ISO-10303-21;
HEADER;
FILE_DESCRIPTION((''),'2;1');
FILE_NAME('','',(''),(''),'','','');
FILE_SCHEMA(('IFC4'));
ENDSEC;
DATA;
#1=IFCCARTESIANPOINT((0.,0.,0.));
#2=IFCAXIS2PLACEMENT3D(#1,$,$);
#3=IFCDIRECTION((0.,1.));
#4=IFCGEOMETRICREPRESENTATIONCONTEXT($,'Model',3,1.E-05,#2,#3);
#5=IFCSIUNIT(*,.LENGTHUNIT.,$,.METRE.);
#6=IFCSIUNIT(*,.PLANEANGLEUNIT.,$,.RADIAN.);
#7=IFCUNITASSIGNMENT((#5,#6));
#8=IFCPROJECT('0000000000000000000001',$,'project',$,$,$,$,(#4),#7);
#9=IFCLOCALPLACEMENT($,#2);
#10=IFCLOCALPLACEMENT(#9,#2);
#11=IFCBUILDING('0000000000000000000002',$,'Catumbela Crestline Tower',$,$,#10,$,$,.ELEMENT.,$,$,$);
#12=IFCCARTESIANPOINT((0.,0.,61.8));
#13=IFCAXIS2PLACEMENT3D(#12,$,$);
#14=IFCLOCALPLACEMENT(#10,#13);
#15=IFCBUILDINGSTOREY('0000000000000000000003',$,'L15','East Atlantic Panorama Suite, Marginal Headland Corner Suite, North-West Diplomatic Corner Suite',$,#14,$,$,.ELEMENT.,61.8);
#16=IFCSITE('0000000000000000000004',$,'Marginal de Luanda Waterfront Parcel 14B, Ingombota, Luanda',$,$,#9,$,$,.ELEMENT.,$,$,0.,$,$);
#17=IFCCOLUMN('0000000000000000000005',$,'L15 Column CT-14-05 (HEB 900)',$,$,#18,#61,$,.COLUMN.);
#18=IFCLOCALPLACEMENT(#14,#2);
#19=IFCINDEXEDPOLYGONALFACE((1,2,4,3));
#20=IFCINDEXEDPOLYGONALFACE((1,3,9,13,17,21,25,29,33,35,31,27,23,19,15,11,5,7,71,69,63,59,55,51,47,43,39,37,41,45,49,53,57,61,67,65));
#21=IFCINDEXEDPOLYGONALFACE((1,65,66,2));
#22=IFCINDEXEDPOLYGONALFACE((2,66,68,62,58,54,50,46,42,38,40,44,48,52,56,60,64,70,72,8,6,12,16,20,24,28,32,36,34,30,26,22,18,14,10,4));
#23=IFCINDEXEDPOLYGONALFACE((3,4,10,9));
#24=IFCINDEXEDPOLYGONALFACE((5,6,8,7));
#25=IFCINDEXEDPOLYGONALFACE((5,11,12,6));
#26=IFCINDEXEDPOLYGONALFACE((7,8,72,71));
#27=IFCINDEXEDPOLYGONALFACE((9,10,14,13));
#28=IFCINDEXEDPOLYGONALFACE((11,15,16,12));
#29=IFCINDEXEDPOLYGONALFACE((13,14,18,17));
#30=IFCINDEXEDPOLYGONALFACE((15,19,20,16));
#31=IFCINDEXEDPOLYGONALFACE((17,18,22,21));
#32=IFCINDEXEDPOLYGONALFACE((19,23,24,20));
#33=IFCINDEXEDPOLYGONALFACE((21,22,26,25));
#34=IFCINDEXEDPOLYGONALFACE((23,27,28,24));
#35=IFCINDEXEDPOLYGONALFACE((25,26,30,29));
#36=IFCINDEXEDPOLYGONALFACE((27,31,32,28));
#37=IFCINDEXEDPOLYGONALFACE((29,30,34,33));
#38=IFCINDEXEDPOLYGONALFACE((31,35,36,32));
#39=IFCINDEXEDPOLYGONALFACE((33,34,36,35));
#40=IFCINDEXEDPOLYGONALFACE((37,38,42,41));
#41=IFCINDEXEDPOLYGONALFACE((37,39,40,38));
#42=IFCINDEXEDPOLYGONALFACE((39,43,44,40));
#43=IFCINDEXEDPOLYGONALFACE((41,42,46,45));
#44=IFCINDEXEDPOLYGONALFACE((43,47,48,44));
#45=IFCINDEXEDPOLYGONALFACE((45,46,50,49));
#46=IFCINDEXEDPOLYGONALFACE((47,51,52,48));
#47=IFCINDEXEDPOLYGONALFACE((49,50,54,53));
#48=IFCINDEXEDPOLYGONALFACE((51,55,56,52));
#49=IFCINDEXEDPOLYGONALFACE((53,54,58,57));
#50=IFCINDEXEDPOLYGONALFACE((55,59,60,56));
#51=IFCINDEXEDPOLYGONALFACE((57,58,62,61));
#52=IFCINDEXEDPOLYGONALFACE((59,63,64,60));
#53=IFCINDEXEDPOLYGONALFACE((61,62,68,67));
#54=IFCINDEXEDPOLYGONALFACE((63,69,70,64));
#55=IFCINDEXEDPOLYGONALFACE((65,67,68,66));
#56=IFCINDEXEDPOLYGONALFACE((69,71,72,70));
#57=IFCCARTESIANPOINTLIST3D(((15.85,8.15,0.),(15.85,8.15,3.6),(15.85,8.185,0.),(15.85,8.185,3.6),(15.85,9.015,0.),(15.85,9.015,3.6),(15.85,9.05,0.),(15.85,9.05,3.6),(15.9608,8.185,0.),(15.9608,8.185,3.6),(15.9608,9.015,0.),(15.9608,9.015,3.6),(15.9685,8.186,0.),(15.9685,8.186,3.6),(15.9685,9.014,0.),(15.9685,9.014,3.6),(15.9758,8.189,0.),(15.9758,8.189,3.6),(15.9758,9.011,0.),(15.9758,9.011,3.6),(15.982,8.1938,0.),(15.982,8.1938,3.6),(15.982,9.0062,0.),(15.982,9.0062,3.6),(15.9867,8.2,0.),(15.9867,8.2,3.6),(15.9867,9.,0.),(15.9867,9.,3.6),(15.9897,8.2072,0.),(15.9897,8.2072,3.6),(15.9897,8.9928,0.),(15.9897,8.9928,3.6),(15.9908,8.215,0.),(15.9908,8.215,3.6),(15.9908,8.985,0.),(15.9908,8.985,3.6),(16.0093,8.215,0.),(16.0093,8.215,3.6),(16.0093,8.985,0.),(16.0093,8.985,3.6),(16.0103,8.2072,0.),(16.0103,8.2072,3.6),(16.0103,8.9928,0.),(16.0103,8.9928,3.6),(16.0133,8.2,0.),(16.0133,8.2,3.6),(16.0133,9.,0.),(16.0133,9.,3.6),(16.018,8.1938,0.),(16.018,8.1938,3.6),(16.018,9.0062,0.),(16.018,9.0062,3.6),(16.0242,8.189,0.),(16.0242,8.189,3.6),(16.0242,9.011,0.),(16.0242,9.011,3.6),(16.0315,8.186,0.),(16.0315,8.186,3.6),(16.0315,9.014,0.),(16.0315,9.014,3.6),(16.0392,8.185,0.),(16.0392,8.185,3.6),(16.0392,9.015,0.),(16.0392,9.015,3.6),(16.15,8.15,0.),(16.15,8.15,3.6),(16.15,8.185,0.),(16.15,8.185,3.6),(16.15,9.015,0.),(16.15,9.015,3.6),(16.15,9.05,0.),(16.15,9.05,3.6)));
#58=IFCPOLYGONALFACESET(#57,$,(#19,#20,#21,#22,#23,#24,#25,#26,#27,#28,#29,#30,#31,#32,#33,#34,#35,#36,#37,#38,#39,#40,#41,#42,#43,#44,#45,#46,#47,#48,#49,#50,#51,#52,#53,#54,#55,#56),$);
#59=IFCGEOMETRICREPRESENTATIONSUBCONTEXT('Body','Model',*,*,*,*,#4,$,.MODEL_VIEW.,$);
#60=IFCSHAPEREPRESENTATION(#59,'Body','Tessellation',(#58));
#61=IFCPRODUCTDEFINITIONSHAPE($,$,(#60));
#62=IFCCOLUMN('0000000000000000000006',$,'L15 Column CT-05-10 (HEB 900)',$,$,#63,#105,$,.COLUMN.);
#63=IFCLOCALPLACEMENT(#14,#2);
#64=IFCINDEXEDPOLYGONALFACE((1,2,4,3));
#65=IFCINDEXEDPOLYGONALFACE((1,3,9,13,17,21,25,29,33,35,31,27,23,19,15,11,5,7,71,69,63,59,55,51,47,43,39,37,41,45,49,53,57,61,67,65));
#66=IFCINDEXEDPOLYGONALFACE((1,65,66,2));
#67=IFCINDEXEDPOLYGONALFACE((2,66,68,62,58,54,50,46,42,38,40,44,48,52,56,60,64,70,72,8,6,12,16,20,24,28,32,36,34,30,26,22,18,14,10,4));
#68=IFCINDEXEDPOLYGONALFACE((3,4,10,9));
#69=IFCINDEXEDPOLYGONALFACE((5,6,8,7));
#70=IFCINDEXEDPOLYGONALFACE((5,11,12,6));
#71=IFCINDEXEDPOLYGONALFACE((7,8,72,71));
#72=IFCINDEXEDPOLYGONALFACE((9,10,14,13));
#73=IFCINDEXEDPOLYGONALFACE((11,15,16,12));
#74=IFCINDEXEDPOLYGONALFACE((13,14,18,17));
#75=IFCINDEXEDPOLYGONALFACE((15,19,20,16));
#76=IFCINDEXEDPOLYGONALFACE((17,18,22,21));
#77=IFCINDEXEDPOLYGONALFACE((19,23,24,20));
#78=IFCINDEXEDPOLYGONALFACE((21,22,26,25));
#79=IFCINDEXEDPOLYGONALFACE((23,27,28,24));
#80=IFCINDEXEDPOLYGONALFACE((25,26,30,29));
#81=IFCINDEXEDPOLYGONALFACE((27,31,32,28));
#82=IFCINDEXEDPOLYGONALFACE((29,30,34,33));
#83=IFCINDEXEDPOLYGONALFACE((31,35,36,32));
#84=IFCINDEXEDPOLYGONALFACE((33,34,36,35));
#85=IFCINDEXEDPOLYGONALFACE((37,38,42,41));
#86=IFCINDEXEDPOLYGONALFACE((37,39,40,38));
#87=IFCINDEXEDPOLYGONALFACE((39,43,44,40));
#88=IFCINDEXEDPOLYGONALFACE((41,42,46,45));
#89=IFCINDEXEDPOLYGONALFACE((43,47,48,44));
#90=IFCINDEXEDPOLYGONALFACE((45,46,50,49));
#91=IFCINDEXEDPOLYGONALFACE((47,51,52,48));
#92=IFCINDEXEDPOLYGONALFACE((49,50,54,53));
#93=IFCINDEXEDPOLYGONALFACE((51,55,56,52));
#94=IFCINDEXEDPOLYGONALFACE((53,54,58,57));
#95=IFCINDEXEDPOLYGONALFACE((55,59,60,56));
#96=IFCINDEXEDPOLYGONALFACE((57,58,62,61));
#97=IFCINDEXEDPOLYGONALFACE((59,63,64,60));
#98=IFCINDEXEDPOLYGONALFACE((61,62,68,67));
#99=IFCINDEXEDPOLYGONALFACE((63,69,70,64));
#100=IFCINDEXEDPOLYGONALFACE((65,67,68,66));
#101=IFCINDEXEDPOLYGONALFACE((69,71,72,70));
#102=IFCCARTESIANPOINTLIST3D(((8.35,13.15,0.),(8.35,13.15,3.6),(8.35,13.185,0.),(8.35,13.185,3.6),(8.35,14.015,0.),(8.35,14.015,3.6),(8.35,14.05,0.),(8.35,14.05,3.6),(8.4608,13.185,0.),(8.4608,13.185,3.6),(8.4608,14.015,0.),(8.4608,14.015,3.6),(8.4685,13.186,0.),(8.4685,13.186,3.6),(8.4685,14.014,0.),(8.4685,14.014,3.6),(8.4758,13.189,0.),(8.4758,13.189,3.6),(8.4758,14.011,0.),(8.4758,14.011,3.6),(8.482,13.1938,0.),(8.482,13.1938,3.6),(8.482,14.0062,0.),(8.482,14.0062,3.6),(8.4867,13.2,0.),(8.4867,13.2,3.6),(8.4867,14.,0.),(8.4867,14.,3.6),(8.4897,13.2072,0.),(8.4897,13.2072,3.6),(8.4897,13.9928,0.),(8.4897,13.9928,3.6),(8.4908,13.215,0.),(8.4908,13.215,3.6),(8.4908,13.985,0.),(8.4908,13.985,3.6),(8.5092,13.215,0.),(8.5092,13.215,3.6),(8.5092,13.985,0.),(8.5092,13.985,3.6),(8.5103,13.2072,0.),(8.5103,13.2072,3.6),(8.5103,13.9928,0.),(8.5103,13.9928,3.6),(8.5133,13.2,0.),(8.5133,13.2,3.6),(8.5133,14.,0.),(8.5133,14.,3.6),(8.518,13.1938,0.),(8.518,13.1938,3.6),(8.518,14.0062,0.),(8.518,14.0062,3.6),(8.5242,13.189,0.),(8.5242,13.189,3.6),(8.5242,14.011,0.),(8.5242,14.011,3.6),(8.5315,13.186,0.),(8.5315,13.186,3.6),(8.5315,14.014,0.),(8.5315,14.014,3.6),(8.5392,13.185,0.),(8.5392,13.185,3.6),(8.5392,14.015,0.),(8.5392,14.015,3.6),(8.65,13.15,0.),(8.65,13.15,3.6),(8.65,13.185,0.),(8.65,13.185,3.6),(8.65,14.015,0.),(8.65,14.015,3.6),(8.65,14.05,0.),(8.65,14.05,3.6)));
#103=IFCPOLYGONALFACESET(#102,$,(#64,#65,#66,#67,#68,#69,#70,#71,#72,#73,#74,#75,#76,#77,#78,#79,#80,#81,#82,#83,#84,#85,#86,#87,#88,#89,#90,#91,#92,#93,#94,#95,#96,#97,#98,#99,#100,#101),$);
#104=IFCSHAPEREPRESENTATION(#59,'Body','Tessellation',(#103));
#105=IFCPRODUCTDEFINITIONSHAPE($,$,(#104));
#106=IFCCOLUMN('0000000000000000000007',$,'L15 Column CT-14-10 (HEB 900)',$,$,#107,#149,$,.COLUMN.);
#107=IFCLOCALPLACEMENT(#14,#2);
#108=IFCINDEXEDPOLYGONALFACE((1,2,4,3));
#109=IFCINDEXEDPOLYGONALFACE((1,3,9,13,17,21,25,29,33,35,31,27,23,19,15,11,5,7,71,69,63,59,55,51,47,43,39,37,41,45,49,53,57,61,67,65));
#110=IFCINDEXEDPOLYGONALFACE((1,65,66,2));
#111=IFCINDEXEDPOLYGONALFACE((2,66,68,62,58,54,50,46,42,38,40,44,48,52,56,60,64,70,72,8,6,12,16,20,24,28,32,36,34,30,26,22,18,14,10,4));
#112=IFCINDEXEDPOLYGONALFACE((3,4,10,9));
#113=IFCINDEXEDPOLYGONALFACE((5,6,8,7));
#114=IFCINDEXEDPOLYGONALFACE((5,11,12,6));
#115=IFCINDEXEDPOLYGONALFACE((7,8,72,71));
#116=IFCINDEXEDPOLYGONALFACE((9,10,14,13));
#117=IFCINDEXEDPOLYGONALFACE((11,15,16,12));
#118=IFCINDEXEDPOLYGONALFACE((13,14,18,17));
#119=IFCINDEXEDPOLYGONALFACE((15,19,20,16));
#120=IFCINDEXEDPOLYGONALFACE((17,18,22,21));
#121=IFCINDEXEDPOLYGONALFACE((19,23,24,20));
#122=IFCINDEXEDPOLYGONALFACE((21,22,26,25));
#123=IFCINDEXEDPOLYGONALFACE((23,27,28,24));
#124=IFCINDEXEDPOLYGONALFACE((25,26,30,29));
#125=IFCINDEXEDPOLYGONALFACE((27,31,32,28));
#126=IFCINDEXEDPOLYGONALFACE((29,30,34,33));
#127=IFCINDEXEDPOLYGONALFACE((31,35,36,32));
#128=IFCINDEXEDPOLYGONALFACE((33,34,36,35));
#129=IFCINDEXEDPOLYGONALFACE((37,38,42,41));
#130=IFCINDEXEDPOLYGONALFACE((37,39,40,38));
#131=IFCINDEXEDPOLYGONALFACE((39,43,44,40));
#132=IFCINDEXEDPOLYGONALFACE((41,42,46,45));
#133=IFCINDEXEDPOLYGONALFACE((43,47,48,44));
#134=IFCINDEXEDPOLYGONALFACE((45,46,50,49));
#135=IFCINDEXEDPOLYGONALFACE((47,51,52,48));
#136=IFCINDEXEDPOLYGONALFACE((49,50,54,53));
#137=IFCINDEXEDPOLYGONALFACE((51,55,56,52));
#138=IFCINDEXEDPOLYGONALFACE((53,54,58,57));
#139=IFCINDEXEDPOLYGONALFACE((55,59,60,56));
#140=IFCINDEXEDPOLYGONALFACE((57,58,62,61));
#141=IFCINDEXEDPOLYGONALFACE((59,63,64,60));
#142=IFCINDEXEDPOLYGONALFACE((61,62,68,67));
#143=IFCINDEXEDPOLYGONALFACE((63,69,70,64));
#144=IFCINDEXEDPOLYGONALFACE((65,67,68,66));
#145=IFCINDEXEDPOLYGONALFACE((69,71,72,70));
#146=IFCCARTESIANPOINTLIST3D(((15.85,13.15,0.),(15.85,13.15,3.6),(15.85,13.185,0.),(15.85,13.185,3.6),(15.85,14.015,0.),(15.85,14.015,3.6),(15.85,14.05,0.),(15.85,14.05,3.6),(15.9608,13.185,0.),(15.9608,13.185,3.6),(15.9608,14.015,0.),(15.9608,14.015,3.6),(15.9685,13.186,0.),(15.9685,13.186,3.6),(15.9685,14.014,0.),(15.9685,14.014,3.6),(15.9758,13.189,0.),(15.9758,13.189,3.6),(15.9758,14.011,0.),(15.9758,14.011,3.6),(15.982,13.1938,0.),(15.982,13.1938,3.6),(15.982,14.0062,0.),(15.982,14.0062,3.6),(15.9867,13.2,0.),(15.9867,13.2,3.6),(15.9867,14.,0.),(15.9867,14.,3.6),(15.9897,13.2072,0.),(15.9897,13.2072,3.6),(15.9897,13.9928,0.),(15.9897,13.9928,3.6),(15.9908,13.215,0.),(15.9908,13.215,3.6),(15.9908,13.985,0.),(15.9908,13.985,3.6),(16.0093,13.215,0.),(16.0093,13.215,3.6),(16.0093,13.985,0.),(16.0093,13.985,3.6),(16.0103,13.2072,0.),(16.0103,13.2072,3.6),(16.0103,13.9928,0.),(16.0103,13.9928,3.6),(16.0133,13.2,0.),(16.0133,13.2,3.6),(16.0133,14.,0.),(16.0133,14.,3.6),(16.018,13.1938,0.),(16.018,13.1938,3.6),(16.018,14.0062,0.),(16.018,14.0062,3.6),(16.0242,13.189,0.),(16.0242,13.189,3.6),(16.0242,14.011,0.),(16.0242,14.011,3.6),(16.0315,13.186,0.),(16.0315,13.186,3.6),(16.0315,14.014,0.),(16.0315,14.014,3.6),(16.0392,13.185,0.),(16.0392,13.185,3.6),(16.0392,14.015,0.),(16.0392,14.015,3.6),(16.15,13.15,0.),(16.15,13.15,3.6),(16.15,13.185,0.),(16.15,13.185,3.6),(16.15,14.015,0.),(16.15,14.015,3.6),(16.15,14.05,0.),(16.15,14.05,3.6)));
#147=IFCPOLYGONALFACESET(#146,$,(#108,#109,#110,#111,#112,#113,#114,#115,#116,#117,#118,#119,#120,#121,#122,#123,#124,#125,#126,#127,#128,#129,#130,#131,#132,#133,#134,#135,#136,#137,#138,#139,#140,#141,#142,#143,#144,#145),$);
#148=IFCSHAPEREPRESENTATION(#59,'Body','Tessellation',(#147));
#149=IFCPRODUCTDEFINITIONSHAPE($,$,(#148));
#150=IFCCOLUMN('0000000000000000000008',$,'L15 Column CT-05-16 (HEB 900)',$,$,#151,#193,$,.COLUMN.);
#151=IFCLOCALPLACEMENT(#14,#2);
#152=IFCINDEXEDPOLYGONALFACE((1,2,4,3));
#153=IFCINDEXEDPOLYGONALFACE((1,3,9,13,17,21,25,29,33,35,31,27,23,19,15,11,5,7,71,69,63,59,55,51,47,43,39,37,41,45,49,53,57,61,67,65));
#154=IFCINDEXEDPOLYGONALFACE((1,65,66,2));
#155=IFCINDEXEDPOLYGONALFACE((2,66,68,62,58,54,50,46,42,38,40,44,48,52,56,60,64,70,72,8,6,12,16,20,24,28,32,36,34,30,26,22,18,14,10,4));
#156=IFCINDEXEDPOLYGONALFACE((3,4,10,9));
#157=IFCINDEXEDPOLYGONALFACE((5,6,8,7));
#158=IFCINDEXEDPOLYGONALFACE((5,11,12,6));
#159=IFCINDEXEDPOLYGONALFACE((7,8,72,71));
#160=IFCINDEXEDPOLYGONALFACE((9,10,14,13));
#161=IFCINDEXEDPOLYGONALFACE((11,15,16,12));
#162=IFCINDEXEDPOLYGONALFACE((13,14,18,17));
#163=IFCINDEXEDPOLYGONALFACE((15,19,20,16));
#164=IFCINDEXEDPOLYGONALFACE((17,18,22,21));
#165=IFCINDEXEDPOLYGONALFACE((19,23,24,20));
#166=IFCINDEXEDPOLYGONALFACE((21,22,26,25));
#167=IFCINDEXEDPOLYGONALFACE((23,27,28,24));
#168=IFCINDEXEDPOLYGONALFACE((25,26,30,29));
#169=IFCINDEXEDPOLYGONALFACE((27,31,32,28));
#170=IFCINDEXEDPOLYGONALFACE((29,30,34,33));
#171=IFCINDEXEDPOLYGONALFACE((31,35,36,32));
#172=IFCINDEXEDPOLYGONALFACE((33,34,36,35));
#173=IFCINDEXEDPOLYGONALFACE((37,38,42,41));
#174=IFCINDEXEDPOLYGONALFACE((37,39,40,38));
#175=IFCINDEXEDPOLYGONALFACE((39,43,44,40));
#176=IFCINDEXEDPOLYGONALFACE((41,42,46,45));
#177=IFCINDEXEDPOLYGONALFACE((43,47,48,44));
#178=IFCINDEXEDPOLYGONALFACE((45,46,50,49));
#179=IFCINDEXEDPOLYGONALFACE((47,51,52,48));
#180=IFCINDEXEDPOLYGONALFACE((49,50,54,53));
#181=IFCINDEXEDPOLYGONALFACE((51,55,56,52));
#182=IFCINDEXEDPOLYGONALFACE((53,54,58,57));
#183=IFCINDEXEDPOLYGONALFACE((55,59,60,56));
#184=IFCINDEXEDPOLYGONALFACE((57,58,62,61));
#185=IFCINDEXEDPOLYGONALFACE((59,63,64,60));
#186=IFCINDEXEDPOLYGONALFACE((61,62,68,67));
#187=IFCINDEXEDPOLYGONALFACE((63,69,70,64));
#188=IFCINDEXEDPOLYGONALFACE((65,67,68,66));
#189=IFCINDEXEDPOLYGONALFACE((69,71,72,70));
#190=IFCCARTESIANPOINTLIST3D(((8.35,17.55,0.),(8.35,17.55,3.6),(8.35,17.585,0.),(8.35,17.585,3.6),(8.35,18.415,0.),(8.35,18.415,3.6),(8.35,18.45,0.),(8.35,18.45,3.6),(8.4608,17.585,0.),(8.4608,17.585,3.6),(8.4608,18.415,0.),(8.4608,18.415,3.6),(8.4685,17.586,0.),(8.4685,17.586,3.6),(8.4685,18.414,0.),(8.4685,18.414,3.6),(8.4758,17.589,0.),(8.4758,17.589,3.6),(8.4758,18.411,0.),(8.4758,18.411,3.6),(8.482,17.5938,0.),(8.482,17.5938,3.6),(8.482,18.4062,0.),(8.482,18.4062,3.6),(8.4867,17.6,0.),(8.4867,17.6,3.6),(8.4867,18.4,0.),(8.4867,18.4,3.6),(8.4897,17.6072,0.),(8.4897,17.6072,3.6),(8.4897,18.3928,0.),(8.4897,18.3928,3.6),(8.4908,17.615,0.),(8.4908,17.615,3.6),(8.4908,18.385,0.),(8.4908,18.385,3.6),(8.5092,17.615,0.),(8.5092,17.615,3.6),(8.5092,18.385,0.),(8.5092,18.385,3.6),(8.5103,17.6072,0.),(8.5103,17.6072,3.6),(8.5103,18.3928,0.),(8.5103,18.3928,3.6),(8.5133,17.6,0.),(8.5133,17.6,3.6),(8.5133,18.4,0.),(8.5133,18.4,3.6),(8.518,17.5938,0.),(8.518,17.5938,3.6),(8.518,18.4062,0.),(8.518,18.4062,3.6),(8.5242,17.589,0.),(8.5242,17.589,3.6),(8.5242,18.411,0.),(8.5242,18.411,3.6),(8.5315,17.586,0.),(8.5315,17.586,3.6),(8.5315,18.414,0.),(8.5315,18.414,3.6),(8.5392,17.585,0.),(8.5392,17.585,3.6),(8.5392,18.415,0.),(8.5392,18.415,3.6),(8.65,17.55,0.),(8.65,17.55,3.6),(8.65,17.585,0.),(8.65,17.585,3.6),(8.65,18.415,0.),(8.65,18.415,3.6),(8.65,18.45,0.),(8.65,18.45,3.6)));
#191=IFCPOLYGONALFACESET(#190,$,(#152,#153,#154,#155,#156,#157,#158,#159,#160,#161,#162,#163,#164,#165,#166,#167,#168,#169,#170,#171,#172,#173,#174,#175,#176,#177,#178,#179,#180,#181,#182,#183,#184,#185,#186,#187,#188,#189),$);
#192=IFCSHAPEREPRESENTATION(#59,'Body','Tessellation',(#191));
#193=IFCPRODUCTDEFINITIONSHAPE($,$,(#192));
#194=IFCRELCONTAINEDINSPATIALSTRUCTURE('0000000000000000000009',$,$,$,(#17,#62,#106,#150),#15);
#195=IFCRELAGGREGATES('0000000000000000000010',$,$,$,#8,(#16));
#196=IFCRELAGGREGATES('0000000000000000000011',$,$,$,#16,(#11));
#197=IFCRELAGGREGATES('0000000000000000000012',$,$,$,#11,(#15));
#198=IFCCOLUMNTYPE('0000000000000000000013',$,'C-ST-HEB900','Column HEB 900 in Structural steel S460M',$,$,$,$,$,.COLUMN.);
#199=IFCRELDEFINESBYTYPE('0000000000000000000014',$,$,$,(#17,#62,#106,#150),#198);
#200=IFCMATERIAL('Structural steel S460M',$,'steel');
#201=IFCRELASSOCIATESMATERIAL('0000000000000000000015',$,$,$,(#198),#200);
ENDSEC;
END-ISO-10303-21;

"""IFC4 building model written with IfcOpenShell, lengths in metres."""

from ifc_helpers import new_model, si_unit, direction, frame, origin, origin_2d, place, context, subcontext, project, spatial, i_section, extrude, material, material_profile, profile_set, type_object, element, save


model = new_model("IFC4")

# Units and contexts
model_context = context("Model", 3, precision=1e-05, world=origin(), true_north=direction((0.0, 1.0)))
body_context = subcontext(model_context, "Body", "Model", "MODEL_VIEW")
ifc_project = project(units=[si_unit("LENGTHUNIT", "METRE"), si_unit("PLANEANGLEUNIT", "RADIAN")], contexts=[model_context])

# Site, building, storey
site_placement = place(None, origin())
site = spatial("IfcSite", under=ifc_project, at=site_placement, Name="Marginal de Luanda Waterfront Parcel 14B, Ingombota, Luanda", CompositionType="ELEMENT", RefElevation=0.0)
building_placement = place(site_placement, origin())
building = spatial("IfcBuilding", under=site, at=building_placement, Name="Catumbela Crestline Tower", CompositionType="ELEMENT")
storey_placement = place(building_placement, frame((0.0, 0.0, 61.8)))
storey = spatial("IfcBuildingStorey", under=building, at=storey_placement, Name="L15", Description="East Atlantic Panorama Suite, Marginal Headland Corner Suite, North-West Diplomatic Corner Suite", CompositionType="ELEMENT", Elevation=61.8)

# Columns
ifc_material_1 = material(Name="Structural steel S460M", Category="steel")
ifc_material_profile_1 = material_profile(ifc_material_1, i_section(OverallWidth=0.3, OverallDepth=0.9, WebThickness=0.0185, FlangeThickness=0.035, FilletRadius=0.03, at=origin_2d()), Name="HEB 900")
ifc_profile_set_1 = profile_set([ifc_material_profile_1], Name="Structural steel S460M")
column_type = type_object("IfcColumnType", Name="C-ST-HEB900", Description="Column HEB 900 in Structural steel S460M", PredefinedType="COLUMN", material=ifc_profile_set_1)
for number, where, z_axis, x_axis, name in (
    (1, (16.0, 8.6, 0.0), (0.0, 0.0, 1.0), (1.0, 0.0, 0.0), "L15 Column CT-14-05 (HEB 900)"),
    (2, (8.5, 13.6, 0.0), (0.0, 0.0, 1.0), (1.0, 0.0, 0.0), "L15 Column CT-05-10 (HEB 900)"),
    (3, (16.0, 13.6, 0.0), (0.0, 0.0, 1.0), (1.0, 0.0, 0.0), "L15 Column CT-14-10 (HEB 900)"),
    (4, (8.5, 18.0, 0.0), (0.0, 0.0, 1.0), (1.0, 0.0, 0.0), "L15 Column CT-05-16 (HEB 900)"),
):
    element("IfcColumn", number, at=place(storey_placement, frame(where, z_axis=z_axis, x_axis=x_axis)), inside=storey, type_object=column_type, Name=name, PredefinedType="COLUMN", context=body_context, shape_type="SweptSolid", body=[
        extrude(i_section(OverallWidth=0.3, OverallDepth=0.9, WebThickness=0.0185, FlangeThickness=0.035, FilletRadius=0.03, at=origin_2d()), origin(), (0.0, 0.0, 1.0), 3.6),
    ])

save(model, "model.ifc")
